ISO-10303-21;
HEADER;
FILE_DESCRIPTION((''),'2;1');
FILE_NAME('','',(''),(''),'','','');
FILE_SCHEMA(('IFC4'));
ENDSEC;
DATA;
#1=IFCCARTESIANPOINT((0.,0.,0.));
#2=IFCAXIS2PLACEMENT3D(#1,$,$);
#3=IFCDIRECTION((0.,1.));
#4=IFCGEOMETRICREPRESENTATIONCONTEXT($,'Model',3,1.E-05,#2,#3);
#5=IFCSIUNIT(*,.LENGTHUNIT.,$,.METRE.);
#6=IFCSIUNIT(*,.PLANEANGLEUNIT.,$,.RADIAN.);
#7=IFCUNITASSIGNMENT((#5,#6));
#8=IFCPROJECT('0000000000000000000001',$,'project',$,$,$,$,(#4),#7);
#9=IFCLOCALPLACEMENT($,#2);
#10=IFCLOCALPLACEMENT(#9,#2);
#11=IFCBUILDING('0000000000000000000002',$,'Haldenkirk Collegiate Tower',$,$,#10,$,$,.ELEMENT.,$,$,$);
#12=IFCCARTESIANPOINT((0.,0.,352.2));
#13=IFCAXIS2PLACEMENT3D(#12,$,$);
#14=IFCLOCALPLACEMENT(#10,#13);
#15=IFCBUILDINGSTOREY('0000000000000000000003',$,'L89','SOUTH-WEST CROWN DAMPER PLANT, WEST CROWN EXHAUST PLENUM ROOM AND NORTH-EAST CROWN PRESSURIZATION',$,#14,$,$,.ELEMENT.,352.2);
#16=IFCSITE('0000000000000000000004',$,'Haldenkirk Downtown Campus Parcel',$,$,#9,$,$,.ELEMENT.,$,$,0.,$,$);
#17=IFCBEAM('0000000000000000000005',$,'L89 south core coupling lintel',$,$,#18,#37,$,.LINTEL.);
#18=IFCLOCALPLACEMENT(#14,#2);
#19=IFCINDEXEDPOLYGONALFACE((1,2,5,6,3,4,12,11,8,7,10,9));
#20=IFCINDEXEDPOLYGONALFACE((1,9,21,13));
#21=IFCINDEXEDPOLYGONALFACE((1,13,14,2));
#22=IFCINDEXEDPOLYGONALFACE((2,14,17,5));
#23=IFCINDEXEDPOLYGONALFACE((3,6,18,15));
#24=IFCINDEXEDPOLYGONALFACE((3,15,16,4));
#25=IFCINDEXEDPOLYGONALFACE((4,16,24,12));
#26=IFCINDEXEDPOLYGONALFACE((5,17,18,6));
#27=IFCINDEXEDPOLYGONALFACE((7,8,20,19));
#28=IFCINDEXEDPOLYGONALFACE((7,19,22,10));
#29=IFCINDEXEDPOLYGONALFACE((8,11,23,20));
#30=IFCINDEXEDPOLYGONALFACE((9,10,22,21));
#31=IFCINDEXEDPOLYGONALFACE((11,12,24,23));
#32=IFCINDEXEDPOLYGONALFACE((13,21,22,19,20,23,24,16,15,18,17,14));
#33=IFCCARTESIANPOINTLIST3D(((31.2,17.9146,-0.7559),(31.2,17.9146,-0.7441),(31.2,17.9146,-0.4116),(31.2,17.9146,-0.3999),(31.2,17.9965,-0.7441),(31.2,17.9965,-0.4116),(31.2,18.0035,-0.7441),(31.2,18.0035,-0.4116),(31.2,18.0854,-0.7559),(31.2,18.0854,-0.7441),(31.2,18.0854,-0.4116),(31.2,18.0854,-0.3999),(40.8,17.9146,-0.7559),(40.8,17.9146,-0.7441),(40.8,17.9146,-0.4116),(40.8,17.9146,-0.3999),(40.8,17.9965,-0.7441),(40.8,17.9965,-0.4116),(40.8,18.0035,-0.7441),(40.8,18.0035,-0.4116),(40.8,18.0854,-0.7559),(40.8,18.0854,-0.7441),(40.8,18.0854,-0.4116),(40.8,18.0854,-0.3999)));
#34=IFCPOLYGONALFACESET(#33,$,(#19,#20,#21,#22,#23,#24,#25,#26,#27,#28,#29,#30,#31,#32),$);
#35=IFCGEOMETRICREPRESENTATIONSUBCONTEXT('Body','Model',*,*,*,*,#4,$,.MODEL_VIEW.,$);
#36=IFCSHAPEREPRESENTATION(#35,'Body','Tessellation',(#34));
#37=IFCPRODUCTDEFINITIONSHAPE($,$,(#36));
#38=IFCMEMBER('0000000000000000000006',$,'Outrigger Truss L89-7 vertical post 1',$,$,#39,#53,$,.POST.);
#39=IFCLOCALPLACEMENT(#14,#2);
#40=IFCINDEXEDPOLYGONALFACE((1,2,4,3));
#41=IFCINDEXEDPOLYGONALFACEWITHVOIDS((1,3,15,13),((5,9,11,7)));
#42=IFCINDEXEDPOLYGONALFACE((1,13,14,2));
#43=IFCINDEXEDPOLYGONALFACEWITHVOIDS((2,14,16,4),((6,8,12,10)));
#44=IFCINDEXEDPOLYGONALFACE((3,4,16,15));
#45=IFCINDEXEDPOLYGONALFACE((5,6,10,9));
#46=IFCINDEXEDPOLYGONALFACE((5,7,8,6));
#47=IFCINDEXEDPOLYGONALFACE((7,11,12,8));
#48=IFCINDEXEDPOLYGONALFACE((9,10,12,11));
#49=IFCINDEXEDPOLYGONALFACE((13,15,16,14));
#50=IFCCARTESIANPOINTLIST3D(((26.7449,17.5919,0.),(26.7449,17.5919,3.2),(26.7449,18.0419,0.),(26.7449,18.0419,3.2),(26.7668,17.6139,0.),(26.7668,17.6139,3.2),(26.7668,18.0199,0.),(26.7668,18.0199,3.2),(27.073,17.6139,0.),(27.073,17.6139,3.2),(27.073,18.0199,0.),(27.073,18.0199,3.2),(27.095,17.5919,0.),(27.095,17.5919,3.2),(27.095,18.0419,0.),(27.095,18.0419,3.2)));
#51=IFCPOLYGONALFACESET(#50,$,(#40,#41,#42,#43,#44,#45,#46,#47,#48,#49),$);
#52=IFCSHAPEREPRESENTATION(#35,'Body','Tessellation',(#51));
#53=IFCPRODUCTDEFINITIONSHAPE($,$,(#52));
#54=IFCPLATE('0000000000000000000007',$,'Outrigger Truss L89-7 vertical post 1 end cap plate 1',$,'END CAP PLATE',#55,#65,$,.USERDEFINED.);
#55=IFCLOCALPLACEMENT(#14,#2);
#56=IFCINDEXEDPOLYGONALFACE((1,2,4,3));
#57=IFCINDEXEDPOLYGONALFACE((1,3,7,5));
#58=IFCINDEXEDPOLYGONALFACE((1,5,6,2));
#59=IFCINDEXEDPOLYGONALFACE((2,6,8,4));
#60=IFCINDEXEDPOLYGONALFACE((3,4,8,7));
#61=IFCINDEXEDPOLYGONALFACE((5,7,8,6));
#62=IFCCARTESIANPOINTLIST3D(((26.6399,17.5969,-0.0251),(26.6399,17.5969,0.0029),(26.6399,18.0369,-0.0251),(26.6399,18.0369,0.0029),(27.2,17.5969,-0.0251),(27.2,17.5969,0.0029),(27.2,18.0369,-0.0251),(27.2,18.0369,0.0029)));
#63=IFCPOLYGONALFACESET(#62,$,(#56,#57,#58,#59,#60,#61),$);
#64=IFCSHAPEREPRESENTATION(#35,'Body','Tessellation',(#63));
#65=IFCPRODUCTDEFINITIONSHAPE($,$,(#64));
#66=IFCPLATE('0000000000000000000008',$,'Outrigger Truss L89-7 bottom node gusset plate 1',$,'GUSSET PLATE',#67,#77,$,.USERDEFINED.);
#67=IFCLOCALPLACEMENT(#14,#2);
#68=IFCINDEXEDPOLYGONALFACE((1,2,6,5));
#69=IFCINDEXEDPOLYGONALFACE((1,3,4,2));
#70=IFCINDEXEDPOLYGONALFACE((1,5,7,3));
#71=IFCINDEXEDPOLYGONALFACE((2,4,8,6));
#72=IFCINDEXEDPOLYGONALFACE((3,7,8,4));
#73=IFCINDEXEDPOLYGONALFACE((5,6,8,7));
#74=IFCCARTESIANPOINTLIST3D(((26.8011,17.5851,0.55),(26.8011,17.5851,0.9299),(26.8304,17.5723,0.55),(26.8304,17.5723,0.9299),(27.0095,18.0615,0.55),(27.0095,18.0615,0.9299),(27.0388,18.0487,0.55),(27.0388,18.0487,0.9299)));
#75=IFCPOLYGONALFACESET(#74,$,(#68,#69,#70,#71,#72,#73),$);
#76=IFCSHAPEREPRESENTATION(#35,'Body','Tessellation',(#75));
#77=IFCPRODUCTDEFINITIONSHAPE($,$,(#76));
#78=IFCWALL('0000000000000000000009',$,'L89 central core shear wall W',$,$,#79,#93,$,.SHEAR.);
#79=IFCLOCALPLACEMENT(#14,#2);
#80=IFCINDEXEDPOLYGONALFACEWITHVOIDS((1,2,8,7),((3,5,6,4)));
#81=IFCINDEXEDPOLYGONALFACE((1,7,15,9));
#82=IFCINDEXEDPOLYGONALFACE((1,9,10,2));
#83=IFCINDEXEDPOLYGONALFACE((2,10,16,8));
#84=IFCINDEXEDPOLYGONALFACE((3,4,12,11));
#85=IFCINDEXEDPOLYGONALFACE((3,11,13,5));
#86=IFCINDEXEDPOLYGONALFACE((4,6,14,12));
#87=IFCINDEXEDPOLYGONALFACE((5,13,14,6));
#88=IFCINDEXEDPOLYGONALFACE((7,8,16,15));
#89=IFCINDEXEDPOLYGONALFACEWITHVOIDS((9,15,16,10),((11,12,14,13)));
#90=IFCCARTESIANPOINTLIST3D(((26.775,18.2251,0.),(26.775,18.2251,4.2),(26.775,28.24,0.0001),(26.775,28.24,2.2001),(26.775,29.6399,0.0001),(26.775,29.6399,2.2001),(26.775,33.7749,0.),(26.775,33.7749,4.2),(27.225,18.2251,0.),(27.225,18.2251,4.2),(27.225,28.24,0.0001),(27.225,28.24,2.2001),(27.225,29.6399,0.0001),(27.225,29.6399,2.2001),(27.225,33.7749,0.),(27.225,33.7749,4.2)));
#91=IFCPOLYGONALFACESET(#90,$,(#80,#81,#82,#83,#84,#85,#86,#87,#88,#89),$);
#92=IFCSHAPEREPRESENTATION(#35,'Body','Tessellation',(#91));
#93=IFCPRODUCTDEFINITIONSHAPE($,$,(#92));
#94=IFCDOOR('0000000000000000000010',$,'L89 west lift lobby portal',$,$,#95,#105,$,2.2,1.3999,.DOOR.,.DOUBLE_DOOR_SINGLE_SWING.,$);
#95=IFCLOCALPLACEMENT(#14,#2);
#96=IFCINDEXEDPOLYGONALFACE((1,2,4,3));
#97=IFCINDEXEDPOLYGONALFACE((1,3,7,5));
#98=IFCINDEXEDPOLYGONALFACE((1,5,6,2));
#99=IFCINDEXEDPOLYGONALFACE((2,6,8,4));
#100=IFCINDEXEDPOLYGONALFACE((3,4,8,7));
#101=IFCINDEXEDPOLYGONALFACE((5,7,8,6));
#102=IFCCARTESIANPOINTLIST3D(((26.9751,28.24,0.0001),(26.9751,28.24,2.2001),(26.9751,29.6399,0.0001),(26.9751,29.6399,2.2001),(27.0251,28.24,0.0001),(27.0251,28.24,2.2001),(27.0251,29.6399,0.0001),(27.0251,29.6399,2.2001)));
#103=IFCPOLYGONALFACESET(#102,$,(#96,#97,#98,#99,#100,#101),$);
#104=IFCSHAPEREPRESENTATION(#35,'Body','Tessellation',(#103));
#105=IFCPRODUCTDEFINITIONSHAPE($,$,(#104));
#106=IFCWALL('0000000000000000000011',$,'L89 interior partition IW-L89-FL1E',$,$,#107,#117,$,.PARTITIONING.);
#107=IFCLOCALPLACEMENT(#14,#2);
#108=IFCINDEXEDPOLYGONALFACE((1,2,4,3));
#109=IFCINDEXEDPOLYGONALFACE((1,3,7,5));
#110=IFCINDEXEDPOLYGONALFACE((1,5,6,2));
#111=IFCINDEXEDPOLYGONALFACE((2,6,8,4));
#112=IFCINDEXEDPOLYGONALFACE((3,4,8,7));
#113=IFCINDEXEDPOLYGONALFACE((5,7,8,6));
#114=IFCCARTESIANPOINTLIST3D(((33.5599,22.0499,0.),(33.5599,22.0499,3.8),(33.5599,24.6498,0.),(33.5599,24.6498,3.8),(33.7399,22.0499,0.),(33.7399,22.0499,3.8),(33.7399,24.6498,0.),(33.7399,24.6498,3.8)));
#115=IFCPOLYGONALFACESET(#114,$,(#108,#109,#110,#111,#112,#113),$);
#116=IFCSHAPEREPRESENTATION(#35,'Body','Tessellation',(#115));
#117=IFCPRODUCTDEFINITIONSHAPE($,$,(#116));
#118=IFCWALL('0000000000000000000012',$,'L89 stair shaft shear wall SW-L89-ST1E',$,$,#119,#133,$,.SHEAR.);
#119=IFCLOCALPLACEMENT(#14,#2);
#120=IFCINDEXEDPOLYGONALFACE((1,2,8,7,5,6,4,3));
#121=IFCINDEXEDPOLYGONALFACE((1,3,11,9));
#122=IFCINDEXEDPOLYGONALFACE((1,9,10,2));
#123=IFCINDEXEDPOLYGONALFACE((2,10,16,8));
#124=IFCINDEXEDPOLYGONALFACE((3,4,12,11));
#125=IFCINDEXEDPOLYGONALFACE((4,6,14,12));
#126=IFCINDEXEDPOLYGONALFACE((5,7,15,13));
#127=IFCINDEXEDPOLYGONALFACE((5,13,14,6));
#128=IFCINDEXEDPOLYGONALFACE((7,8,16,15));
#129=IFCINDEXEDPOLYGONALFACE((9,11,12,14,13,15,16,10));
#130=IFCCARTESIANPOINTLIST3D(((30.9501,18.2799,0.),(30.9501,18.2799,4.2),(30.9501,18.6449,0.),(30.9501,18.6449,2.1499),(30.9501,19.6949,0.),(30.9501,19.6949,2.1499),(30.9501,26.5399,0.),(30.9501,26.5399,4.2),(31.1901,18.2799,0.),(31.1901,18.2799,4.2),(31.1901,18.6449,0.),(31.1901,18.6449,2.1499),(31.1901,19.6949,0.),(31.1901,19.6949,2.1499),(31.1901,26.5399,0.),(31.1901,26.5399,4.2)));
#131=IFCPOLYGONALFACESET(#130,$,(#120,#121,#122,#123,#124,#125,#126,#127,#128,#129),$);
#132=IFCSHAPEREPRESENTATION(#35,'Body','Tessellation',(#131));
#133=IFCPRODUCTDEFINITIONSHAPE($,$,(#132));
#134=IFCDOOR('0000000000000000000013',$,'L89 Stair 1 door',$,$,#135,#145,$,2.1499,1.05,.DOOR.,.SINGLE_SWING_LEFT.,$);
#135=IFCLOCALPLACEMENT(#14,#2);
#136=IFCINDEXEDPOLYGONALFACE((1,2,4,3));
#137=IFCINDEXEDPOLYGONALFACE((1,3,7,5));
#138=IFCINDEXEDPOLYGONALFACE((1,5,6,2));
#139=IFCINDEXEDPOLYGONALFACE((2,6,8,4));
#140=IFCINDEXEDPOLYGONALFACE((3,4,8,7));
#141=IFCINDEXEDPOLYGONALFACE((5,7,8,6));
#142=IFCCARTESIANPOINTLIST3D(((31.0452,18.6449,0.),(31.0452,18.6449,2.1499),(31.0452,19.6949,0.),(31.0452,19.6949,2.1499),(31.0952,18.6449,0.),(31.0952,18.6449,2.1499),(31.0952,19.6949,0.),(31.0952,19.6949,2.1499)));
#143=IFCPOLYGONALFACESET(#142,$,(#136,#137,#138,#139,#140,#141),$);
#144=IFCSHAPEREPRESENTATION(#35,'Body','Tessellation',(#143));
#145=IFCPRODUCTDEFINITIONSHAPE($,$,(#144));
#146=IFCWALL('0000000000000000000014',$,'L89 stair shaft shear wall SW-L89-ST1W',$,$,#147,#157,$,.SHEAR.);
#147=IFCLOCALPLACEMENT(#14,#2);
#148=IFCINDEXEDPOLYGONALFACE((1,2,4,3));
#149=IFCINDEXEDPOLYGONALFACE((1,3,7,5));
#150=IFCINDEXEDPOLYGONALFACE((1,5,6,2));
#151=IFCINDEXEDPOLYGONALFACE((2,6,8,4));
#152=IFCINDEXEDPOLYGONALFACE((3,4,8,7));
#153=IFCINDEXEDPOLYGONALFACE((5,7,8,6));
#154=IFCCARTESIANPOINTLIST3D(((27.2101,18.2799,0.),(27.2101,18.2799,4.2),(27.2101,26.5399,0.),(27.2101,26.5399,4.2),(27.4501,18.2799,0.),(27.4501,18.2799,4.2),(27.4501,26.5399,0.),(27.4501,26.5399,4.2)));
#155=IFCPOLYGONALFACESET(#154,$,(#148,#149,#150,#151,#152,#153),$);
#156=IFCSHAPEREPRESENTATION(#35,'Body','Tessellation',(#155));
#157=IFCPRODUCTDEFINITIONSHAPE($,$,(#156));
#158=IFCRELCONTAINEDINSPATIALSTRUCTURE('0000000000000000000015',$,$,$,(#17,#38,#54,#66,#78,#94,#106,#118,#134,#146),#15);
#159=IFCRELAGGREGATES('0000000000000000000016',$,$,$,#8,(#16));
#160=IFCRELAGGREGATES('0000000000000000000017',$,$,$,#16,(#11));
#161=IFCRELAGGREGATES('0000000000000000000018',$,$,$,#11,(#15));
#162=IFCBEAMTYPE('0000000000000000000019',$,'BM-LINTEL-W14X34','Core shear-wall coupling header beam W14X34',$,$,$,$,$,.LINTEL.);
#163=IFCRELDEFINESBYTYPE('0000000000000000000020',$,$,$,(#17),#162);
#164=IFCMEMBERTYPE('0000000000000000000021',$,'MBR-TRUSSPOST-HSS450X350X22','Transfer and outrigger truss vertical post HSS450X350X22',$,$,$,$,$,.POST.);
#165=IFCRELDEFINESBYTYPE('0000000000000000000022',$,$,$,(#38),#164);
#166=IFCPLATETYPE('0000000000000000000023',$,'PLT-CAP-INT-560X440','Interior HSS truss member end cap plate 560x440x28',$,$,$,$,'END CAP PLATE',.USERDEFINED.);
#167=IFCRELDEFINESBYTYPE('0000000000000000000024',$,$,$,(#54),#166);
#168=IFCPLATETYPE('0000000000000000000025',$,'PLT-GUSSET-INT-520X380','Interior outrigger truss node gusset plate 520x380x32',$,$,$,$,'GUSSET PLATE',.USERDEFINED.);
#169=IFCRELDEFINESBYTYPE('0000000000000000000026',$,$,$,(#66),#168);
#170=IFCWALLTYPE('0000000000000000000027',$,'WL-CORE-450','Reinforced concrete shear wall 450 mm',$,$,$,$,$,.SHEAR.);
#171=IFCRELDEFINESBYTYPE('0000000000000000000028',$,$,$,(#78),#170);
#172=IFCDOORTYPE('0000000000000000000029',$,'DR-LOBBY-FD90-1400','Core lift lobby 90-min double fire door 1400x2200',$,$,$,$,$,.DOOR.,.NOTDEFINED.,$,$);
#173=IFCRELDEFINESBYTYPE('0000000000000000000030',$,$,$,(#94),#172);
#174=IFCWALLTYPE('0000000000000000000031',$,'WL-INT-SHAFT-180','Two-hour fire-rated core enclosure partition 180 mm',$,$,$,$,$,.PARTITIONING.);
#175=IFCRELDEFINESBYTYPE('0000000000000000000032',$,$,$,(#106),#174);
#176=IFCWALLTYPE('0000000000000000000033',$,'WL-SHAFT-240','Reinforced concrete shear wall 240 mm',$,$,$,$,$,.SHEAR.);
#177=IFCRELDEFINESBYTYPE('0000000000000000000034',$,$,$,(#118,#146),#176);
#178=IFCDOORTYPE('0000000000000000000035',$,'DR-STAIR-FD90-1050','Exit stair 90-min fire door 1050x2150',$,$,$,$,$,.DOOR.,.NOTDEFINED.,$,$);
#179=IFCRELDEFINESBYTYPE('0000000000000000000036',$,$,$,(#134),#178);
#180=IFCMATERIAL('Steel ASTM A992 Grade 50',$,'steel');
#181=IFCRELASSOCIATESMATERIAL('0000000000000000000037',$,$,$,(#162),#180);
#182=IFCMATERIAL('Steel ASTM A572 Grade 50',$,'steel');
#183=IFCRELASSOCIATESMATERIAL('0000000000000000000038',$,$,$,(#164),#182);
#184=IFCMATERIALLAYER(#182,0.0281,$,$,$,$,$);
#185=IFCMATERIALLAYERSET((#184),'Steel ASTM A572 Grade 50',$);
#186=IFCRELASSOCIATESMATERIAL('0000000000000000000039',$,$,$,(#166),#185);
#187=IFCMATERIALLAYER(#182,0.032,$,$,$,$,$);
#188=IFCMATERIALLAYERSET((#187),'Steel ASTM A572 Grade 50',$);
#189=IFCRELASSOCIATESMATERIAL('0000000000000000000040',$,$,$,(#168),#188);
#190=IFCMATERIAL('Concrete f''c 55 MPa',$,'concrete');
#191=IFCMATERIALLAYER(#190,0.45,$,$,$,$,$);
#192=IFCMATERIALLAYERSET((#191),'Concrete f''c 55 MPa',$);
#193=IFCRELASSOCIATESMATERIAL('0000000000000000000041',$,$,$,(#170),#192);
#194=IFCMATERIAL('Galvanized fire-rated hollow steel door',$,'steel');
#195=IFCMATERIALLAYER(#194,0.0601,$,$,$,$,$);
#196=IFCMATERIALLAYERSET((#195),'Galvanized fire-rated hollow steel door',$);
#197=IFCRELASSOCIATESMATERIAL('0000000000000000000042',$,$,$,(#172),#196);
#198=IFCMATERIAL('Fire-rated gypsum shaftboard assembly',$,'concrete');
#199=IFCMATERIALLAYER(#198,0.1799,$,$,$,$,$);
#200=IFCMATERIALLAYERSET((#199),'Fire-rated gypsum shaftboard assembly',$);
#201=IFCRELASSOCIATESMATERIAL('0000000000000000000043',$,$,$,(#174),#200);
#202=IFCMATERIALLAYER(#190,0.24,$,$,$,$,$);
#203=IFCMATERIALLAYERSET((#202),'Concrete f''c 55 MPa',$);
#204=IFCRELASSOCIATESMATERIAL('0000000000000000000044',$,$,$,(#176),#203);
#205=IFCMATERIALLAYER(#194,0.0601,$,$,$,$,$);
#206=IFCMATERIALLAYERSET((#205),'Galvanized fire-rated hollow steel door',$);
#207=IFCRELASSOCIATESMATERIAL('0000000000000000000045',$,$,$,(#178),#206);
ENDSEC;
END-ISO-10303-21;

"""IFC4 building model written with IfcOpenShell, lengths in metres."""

from ifc_helpers import new_model, si_unit, direction, frame, frame_2d, origin, origin_2d, place, context, subcontext, project, spatial, rectangle, hollow_rectangle, i_section, extrude, source, transform, mapped, material, layer, layer_set, material_profile, profile_set, type_object, element, fill, save


model = new_model("IFC4")

# Units and contexts
model_context = context("Model", 3, precision=1e-05, world=origin(), true_north=direction((0.0, 1.0)))
body_context = subcontext(model_context, "Body", "Model", "MODEL_VIEW")
ifc_project = project(units=[si_unit("LENGTHUNIT", "METRE"), si_unit("PLANEANGLEUNIT", "RADIAN")], contexts=[model_context])

# Site, building, storey
site_placement = place(None, origin())
site = spatial("IfcSite", under=ifc_project, at=site_placement, Name="Haldenkirk Downtown Campus Parcel", CompositionType="ELEMENT", RefElevation=0.0)
building_placement = place(site_placement, origin())
building = spatial("IfcBuilding", under=site, at=building_placement, Name="Haldenkirk Collegiate Tower", CompositionType="ELEMENT")
storey_placement = place(building_placement, frame((0.0, 0.0, 352.2)))
storey = spatial("IfcBuildingStorey", under=building, at=storey_placement, Name="L89", Description="SOUTH-WEST CROWN DAMPER PLANT, WEST CROWN EXHAUST PLENUM ROOM AND NORTH-EAST CROWN PRESSURIZATION", CompositionType="ELEMENT", Elevation=352.2)

# Beam
ifc_material_1 = material(Name="Steel ASTM A992 Grade 50", Category="steel")
ifc_material_profile_1 = material_profile(ifc_material_1, i_section(OverallWidth=0.1709, OverallDepth=0.356, WebThickness=0.0071, FlangeThickness=0.0117, at=origin_2d()), Name="W14X34")
ifc_profile_set_1 = profile_set([ifc_material_profile_1], Name="Steel ASTM A992 Grade 50")
beam_type = type_object("IfcBeamType", Name="BM-LINTEL-W14X34", Description="Core shear-wall coupling header beam W14X34", PredefinedType="LINTEL", material=ifc_profile_set_1)
beam_placement = place(storey_placement, frame((31.2, 18.0, -0.5779), z_axis=(1.0, 0.0, 0.0), x_axis=(0.0, 1.0, 0.0)))
element("IfcBeam", 1, at=beam_placement, inside=storey, type_object=beam_type, Name="L89 south core coupling lintel", PredefinedType="LINTEL", context=body_context, shape_type="SweptSolid", body=[
    extrude(i_section(OverallWidth=0.1709, OverallDepth=0.356, WebThickness=0.0071, FlangeThickness=0.0117, at=origin_2d()), origin(), (0.0, 0.0, 1.0), 9.6001),
])

# Member
ifc_material_2 = material(Name="Steel ASTM A572 Grade 50", Category="steel")
ifc_material_profile_2 = material_profile(ifc_material_2, hollow_rectangle(XDim=0.3501, YDim=0.45, WallThickness=0.022, at=origin_2d()), Name="HSS450X350X22")
ifc_profile_set_2 = profile_set([ifc_material_profile_2], Name="Steel ASTM A572 Grade 50")
member_type = type_object("IfcMemberType", Name="MBR-TRUSSPOST-HSS450X350X22", Description="Transfer and outrigger truss vertical post HSS450X350X22", PredefinedType="POST", material=ifc_profile_set_2)
member_placement = place(storey_placement, frame((26.9199, 17.8169, 0.0), z_axis=(0.0, 0.0, 1.0), x_axis=(1.0, 0.0, 0.0)))
element("IfcMember", 2, at=member_placement, inside=storey, type_object=member_type, Name="Outrigger Truss L89-7 vertical post 1", PredefinedType="POST", context=body_context, shape_type="SweptSolid", body=[
    extrude(hollow_rectangle(XDim=0.3501, YDim=0.45, WallThickness=0.022, at=origin_2d()), origin(), (0.0, 0.0, 1.0), 3.2),
])

# Plates
ifc_layer_1 = layer(ifc_material_2, 0.0281)
ifc_layer_set_1 = layer_set([ifc_layer_1], Name="Steel ASTM A572 Grade 50")
plate_type_1 = type_object("IfcPlateType", Name="PLT-CAP-INT-560X440", Description="Interior HSS truss member end cap plate 560x440x28", ElementType="END CAP PLATE", PredefinedType="USERDEFINED", material=ifc_layer_set_1)
shared_shape_1 = source(origin(), body_context, "Body", "SweptSolid", [
    extrude(rectangle(XDim=0.5601, YDim=0.4399, at=origin_2d()), origin(), (0.0, 0.0, 1.0), 0.0281),
])
plate_1_placement = place(storey_placement, frame((26.9199, 17.8169, 0.0029), z_axis=(0.0, 0.0, -1.0), x_axis=(1.0, 0.0, 0.0)))
element("IfcPlate", 3, at=plate_1_placement, inside=storey, type_object=plate_type_1, Name="Outrigger Truss L89-7 vertical post 1 end cap plate 1", ObjectType="END CAP PLATE", PredefinedType="USERDEFINED", context=body_context, shape_type="MappedRepresentation", body=[
    mapped(shared_shape_1, transform((0.0, 0.0, 0.0), x_axis=(1.0, 0.0, 0.0), y_axis=(0.0, 1.0, 0.0), z_axis=(0.0, 0.0, 1.0), scale=1.0)),
])
ifc_layer_2 = layer(ifc_material_2, 0.032)
ifc_layer_set_2 = layer_set([ifc_layer_2], Name="Steel ASTM A572 Grade 50")
plate_type_2 = type_object("IfcPlateType", Name="PLT-GUSSET-INT-520X380", Description="Interior outrigger truss node gusset plate 520x380x32", ElementType="GUSSET PLATE", PredefinedType="USERDEFINED", material=ifc_layer_set_2)
shared_shape_2 = source(origin(), body_context, "Body", "SweptSolid", [
    extrude(rectangle(XDim=0.52, YDim=0.032, at=origin_2d()), origin(), (0.0, 0.0, 1.0), 0.3799),
])
plate_2_placement = place(storey_placement, frame((26.9199, 17.8169, 0.55), z_axis=(0.0, 0.0, 1.0), x_axis=(-0.400763, -0.916182, 0.0)))
element("IfcPlate", 4, at=plate_2_placement, inside=storey, type_object=plate_type_2, Name="Outrigger Truss L89-7 bottom node gusset plate 1", ObjectType="GUSSET PLATE", PredefinedType="USERDEFINED", context=body_context, shape_type="MappedRepresentation", body=[
    mapped(shared_shape_2, transform((0.0, 0.0, 0.0), x_axis=(1.0, 0.0, 0.0), y_axis=(0.0, 1.0, 0.0), z_axis=(0.0, 0.0, 1.0), scale=1.0)),
])

# Wall, opening, door
ifc_material_3 = material(Name="Concrete f'c 55 MPa", Category="concrete")
ifc_layer_3 = layer(ifc_material_3, 0.45)
ifc_layer_set_3 = layer_set([ifc_layer_3], Name="Concrete f'c 55 MPa")
wall_type_1 = type_object("IfcWallType", Name="WL-CORE-450", Description="Reinforced concrete shear wall 450 mm", PredefinedType="SHEAR", material=ifc_layer_set_3)
wall_1_placement = place(storey_placement, frame((27.0, 18.2251, 0.0), z_axis=(0.0, 0.0, 1.0), x_axis=(0.0, 1.0, 0.0)))
wall_1 = element("IfcWall", 5, at=wall_1_placement, inside=storey, type_object=wall_type_1, Name="L89 central core shear wall W", PredefinedType="SHEAR", context=body_context, shape_type="SweptSolid", body=[
    extrude(rectangle(XDim=15.5498, YDim=0.45, at=frame_2d((7.7749, 0.0))), origin(), (0.0, 0.0, 1.0), 4.2),
])
opening_1_placement = place(wall_1_placement, frame((10.0149, 0.0, 0.0)))
opening_1 = element("IfcOpeningElement", 6, at=opening_1_placement, cuts=wall_1, PredefinedType="OPENING", context=body_context, shape_type="SweptSolid", body=[
    extrude(rectangle(XDim=1.3999, YDim=2.2, at=frame_2d((0.7, 1.1001))), frame((0.0, 0.2349, 0.0), z_axis=(0.0, -1.0, 0.0), x_axis=(1.0, 0.0, 0.0)), (0.0, 0.0, 1.0), 0.47),
])
ifc_material_4 = material(Name="Galvanized fire-rated hollow steel door", Category="steel")
ifc_layer_4 = layer(ifc_material_4, 0.0601)
ifc_layer_set_4 = layer_set([ifc_layer_4], Name="Galvanized fire-rated hollow steel door")
door_type_1 = type_object("IfcDoorType", Name="DR-LOBBY-FD90-1400", Description="Core lift lobby 90-min double fire door 1400x2200", OperationType="NOTDEFINED", PredefinedType="DOOR", material=ifc_layer_set_4)
door_1_placement = place(opening_1_placement, origin())
door_1 = element("IfcDoor", 7, at=door_1_placement, inside=storey, type_object=door_type_1, Name="L89 west lift lobby portal", OperationType="DOUBLE_DOOR_SINGLE_SWING", OverallHeight=2.2, OverallWidth=1.3999, PredefinedType="DOOR", context=body_context, shape_type="SweptSolid", body=[
    extrude(rectangle(XDim=1.3999, YDim=2.2, at=frame_2d((0.7, 1.1001))), frame((0.0, 0.0249, 0.0), z_axis=(0.0, -1.0, 0.0), x_axis=(1.0, 0.0, 0.0)), (0.0, 0.0, 1.0), 0.05),
])
fill(opening_1, door_1)

# Wall
ifc_material_5 = material(Name="Fire-rated gypsum shaftboard assembly", Category="concrete")
ifc_layer_5 = layer(ifc_material_5, 0.1799)
ifc_layer_set_5 = layer_set([ifc_layer_5], Name="Fire-rated gypsum shaftboard assembly")
wall_type_2 = type_object("IfcWallType", Name="WL-INT-SHAFT-180", Description="Two-hour fire-rated core enclosure partition 180 mm", PredefinedType="PARTITIONING", material=ifc_layer_set_5)
wall_2_placement = place(storey_placement, frame((33.6499, 22.05, 0.0), z_axis=(0.0, 0.0, 1.0), x_axis=(0.0, 1.0, 0.0)))
element("IfcWall", 8, at=wall_2_placement, inside=storey, type_object=wall_type_2, Name="L89 interior partition IW-L89-FL1E", PredefinedType="PARTITIONING", context=body_context, shape_type="SweptSolid", body=[
    extrude(rectangle(XDim=2.5999, YDim=0.1799, at=frame_2d((1.2998, 0.0))), origin(), (0.0, 0.0, 1.0), 3.8),
])

# Wall, opening, door
ifc_layer_6 = layer(ifc_material_3, 0.24)
ifc_layer_set_6 = layer_set([ifc_layer_6], Name="Concrete f'c 55 MPa")
wall_type_3 = type_object("IfcWallType", Name="WL-SHAFT-240", Description="Reinforced concrete shear wall 240 mm", PredefinedType="SHEAR", material=ifc_layer_set_6)
wall_3_placement = place(storey_placement, frame((31.0701, 18.28, 0.0), z_axis=(0.0, 0.0, 1.0), x_axis=(0.0, 1.0, 0.0)))
wall_3 = element("IfcWall", 9, at=wall_3_placement, inside=storey, type_object=wall_type_3, Name="L89 stair shaft shear wall SW-L89-ST1E", PredefinedType="SHEAR", context=body_context, shape_type="SweptSolid", body=[
    extrude(rectangle(XDim=8.26, YDim=0.24, at=frame_2d((4.1299, 0.0))), origin(), (0.0, 0.0, 1.0), 4.2),
])
opening_2_placement = place(wall_3_placement, frame((0.365, 0.0, 0.0)))
opening_2 = element("IfcOpeningElement", 10, at=opening_2_placement, cuts=wall_3, PredefinedType="OPENING", context=body_context, shape_type="SweptSolid", body=[
    extrude(rectangle(XDim=1.05, YDim=2.1499, at=frame_2d((0.5249, 1.075))), frame((0.0, 0.1299, 0.0), z_axis=(0.0, -1.0, 0.0), x_axis=(1.0, 0.0, 0.0)), (0.0, 0.0, 1.0), 0.26),
])
ifc_layer_7 = layer(ifc_material_4, 0.0601)
ifc_layer_set_7 = layer_set([ifc_layer_7], Name="Galvanized fire-rated hollow steel door")
door_type_2 = type_object("IfcDoorType", Name="DR-STAIR-FD90-1050", Description="Exit stair 90-min fire door 1050x2150", OperationType="NOTDEFINED", PredefinedType="DOOR", material=ifc_layer_set_7)
door_2_placement = place(opening_2_placement, origin())
door_2 = element("IfcDoor", 11, at=door_2_placement, inside=storey, type_object=door_type_2, Name="L89 Stair 1 door", OperationType="SINGLE_SWING_LEFT", OverallHeight=2.1499, OverallWidth=1.05, PredefinedType="DOOR", context=body_context, shape_type="SweptSolid", body=[
    extrude(rectangle(XDim=1.05, YDim=2.1499, at=frame_2d((0.5249, 1.075))), frame((0.0, 0.0249, 0.0), z_axis=(0.0, -1.0, 0.0), x_axis=(1.0, 0.0, 0.0)), (0.0, 0.0, 1.0), 0.05),
])
fill(opening_2, door_2)

# Wall
wall_4_placement = place(storey_placement, frame((27.3301, 18.28, 0.0), z_axis=(0.0, 0.0, 1.0), x_axis=(0.0, 1.0, 0.0)))
element("IfcWall", 12, at=wall_4_placement, inside=storey, type_object=wall_type_3, Name="L89 stair shaft shear wall SW-L89-ST1W", PredefinedType="SHEAR", context=body_context, shape_type="SweptSolid", body=[
    extrude(rectangle(XDim=8.26, YDim=0.24, at=frame_2d((4.1299, 0.0))), origin(), (0.0, 0.0, 1.0), 4.2),
])

save(model, "model.ifc")
